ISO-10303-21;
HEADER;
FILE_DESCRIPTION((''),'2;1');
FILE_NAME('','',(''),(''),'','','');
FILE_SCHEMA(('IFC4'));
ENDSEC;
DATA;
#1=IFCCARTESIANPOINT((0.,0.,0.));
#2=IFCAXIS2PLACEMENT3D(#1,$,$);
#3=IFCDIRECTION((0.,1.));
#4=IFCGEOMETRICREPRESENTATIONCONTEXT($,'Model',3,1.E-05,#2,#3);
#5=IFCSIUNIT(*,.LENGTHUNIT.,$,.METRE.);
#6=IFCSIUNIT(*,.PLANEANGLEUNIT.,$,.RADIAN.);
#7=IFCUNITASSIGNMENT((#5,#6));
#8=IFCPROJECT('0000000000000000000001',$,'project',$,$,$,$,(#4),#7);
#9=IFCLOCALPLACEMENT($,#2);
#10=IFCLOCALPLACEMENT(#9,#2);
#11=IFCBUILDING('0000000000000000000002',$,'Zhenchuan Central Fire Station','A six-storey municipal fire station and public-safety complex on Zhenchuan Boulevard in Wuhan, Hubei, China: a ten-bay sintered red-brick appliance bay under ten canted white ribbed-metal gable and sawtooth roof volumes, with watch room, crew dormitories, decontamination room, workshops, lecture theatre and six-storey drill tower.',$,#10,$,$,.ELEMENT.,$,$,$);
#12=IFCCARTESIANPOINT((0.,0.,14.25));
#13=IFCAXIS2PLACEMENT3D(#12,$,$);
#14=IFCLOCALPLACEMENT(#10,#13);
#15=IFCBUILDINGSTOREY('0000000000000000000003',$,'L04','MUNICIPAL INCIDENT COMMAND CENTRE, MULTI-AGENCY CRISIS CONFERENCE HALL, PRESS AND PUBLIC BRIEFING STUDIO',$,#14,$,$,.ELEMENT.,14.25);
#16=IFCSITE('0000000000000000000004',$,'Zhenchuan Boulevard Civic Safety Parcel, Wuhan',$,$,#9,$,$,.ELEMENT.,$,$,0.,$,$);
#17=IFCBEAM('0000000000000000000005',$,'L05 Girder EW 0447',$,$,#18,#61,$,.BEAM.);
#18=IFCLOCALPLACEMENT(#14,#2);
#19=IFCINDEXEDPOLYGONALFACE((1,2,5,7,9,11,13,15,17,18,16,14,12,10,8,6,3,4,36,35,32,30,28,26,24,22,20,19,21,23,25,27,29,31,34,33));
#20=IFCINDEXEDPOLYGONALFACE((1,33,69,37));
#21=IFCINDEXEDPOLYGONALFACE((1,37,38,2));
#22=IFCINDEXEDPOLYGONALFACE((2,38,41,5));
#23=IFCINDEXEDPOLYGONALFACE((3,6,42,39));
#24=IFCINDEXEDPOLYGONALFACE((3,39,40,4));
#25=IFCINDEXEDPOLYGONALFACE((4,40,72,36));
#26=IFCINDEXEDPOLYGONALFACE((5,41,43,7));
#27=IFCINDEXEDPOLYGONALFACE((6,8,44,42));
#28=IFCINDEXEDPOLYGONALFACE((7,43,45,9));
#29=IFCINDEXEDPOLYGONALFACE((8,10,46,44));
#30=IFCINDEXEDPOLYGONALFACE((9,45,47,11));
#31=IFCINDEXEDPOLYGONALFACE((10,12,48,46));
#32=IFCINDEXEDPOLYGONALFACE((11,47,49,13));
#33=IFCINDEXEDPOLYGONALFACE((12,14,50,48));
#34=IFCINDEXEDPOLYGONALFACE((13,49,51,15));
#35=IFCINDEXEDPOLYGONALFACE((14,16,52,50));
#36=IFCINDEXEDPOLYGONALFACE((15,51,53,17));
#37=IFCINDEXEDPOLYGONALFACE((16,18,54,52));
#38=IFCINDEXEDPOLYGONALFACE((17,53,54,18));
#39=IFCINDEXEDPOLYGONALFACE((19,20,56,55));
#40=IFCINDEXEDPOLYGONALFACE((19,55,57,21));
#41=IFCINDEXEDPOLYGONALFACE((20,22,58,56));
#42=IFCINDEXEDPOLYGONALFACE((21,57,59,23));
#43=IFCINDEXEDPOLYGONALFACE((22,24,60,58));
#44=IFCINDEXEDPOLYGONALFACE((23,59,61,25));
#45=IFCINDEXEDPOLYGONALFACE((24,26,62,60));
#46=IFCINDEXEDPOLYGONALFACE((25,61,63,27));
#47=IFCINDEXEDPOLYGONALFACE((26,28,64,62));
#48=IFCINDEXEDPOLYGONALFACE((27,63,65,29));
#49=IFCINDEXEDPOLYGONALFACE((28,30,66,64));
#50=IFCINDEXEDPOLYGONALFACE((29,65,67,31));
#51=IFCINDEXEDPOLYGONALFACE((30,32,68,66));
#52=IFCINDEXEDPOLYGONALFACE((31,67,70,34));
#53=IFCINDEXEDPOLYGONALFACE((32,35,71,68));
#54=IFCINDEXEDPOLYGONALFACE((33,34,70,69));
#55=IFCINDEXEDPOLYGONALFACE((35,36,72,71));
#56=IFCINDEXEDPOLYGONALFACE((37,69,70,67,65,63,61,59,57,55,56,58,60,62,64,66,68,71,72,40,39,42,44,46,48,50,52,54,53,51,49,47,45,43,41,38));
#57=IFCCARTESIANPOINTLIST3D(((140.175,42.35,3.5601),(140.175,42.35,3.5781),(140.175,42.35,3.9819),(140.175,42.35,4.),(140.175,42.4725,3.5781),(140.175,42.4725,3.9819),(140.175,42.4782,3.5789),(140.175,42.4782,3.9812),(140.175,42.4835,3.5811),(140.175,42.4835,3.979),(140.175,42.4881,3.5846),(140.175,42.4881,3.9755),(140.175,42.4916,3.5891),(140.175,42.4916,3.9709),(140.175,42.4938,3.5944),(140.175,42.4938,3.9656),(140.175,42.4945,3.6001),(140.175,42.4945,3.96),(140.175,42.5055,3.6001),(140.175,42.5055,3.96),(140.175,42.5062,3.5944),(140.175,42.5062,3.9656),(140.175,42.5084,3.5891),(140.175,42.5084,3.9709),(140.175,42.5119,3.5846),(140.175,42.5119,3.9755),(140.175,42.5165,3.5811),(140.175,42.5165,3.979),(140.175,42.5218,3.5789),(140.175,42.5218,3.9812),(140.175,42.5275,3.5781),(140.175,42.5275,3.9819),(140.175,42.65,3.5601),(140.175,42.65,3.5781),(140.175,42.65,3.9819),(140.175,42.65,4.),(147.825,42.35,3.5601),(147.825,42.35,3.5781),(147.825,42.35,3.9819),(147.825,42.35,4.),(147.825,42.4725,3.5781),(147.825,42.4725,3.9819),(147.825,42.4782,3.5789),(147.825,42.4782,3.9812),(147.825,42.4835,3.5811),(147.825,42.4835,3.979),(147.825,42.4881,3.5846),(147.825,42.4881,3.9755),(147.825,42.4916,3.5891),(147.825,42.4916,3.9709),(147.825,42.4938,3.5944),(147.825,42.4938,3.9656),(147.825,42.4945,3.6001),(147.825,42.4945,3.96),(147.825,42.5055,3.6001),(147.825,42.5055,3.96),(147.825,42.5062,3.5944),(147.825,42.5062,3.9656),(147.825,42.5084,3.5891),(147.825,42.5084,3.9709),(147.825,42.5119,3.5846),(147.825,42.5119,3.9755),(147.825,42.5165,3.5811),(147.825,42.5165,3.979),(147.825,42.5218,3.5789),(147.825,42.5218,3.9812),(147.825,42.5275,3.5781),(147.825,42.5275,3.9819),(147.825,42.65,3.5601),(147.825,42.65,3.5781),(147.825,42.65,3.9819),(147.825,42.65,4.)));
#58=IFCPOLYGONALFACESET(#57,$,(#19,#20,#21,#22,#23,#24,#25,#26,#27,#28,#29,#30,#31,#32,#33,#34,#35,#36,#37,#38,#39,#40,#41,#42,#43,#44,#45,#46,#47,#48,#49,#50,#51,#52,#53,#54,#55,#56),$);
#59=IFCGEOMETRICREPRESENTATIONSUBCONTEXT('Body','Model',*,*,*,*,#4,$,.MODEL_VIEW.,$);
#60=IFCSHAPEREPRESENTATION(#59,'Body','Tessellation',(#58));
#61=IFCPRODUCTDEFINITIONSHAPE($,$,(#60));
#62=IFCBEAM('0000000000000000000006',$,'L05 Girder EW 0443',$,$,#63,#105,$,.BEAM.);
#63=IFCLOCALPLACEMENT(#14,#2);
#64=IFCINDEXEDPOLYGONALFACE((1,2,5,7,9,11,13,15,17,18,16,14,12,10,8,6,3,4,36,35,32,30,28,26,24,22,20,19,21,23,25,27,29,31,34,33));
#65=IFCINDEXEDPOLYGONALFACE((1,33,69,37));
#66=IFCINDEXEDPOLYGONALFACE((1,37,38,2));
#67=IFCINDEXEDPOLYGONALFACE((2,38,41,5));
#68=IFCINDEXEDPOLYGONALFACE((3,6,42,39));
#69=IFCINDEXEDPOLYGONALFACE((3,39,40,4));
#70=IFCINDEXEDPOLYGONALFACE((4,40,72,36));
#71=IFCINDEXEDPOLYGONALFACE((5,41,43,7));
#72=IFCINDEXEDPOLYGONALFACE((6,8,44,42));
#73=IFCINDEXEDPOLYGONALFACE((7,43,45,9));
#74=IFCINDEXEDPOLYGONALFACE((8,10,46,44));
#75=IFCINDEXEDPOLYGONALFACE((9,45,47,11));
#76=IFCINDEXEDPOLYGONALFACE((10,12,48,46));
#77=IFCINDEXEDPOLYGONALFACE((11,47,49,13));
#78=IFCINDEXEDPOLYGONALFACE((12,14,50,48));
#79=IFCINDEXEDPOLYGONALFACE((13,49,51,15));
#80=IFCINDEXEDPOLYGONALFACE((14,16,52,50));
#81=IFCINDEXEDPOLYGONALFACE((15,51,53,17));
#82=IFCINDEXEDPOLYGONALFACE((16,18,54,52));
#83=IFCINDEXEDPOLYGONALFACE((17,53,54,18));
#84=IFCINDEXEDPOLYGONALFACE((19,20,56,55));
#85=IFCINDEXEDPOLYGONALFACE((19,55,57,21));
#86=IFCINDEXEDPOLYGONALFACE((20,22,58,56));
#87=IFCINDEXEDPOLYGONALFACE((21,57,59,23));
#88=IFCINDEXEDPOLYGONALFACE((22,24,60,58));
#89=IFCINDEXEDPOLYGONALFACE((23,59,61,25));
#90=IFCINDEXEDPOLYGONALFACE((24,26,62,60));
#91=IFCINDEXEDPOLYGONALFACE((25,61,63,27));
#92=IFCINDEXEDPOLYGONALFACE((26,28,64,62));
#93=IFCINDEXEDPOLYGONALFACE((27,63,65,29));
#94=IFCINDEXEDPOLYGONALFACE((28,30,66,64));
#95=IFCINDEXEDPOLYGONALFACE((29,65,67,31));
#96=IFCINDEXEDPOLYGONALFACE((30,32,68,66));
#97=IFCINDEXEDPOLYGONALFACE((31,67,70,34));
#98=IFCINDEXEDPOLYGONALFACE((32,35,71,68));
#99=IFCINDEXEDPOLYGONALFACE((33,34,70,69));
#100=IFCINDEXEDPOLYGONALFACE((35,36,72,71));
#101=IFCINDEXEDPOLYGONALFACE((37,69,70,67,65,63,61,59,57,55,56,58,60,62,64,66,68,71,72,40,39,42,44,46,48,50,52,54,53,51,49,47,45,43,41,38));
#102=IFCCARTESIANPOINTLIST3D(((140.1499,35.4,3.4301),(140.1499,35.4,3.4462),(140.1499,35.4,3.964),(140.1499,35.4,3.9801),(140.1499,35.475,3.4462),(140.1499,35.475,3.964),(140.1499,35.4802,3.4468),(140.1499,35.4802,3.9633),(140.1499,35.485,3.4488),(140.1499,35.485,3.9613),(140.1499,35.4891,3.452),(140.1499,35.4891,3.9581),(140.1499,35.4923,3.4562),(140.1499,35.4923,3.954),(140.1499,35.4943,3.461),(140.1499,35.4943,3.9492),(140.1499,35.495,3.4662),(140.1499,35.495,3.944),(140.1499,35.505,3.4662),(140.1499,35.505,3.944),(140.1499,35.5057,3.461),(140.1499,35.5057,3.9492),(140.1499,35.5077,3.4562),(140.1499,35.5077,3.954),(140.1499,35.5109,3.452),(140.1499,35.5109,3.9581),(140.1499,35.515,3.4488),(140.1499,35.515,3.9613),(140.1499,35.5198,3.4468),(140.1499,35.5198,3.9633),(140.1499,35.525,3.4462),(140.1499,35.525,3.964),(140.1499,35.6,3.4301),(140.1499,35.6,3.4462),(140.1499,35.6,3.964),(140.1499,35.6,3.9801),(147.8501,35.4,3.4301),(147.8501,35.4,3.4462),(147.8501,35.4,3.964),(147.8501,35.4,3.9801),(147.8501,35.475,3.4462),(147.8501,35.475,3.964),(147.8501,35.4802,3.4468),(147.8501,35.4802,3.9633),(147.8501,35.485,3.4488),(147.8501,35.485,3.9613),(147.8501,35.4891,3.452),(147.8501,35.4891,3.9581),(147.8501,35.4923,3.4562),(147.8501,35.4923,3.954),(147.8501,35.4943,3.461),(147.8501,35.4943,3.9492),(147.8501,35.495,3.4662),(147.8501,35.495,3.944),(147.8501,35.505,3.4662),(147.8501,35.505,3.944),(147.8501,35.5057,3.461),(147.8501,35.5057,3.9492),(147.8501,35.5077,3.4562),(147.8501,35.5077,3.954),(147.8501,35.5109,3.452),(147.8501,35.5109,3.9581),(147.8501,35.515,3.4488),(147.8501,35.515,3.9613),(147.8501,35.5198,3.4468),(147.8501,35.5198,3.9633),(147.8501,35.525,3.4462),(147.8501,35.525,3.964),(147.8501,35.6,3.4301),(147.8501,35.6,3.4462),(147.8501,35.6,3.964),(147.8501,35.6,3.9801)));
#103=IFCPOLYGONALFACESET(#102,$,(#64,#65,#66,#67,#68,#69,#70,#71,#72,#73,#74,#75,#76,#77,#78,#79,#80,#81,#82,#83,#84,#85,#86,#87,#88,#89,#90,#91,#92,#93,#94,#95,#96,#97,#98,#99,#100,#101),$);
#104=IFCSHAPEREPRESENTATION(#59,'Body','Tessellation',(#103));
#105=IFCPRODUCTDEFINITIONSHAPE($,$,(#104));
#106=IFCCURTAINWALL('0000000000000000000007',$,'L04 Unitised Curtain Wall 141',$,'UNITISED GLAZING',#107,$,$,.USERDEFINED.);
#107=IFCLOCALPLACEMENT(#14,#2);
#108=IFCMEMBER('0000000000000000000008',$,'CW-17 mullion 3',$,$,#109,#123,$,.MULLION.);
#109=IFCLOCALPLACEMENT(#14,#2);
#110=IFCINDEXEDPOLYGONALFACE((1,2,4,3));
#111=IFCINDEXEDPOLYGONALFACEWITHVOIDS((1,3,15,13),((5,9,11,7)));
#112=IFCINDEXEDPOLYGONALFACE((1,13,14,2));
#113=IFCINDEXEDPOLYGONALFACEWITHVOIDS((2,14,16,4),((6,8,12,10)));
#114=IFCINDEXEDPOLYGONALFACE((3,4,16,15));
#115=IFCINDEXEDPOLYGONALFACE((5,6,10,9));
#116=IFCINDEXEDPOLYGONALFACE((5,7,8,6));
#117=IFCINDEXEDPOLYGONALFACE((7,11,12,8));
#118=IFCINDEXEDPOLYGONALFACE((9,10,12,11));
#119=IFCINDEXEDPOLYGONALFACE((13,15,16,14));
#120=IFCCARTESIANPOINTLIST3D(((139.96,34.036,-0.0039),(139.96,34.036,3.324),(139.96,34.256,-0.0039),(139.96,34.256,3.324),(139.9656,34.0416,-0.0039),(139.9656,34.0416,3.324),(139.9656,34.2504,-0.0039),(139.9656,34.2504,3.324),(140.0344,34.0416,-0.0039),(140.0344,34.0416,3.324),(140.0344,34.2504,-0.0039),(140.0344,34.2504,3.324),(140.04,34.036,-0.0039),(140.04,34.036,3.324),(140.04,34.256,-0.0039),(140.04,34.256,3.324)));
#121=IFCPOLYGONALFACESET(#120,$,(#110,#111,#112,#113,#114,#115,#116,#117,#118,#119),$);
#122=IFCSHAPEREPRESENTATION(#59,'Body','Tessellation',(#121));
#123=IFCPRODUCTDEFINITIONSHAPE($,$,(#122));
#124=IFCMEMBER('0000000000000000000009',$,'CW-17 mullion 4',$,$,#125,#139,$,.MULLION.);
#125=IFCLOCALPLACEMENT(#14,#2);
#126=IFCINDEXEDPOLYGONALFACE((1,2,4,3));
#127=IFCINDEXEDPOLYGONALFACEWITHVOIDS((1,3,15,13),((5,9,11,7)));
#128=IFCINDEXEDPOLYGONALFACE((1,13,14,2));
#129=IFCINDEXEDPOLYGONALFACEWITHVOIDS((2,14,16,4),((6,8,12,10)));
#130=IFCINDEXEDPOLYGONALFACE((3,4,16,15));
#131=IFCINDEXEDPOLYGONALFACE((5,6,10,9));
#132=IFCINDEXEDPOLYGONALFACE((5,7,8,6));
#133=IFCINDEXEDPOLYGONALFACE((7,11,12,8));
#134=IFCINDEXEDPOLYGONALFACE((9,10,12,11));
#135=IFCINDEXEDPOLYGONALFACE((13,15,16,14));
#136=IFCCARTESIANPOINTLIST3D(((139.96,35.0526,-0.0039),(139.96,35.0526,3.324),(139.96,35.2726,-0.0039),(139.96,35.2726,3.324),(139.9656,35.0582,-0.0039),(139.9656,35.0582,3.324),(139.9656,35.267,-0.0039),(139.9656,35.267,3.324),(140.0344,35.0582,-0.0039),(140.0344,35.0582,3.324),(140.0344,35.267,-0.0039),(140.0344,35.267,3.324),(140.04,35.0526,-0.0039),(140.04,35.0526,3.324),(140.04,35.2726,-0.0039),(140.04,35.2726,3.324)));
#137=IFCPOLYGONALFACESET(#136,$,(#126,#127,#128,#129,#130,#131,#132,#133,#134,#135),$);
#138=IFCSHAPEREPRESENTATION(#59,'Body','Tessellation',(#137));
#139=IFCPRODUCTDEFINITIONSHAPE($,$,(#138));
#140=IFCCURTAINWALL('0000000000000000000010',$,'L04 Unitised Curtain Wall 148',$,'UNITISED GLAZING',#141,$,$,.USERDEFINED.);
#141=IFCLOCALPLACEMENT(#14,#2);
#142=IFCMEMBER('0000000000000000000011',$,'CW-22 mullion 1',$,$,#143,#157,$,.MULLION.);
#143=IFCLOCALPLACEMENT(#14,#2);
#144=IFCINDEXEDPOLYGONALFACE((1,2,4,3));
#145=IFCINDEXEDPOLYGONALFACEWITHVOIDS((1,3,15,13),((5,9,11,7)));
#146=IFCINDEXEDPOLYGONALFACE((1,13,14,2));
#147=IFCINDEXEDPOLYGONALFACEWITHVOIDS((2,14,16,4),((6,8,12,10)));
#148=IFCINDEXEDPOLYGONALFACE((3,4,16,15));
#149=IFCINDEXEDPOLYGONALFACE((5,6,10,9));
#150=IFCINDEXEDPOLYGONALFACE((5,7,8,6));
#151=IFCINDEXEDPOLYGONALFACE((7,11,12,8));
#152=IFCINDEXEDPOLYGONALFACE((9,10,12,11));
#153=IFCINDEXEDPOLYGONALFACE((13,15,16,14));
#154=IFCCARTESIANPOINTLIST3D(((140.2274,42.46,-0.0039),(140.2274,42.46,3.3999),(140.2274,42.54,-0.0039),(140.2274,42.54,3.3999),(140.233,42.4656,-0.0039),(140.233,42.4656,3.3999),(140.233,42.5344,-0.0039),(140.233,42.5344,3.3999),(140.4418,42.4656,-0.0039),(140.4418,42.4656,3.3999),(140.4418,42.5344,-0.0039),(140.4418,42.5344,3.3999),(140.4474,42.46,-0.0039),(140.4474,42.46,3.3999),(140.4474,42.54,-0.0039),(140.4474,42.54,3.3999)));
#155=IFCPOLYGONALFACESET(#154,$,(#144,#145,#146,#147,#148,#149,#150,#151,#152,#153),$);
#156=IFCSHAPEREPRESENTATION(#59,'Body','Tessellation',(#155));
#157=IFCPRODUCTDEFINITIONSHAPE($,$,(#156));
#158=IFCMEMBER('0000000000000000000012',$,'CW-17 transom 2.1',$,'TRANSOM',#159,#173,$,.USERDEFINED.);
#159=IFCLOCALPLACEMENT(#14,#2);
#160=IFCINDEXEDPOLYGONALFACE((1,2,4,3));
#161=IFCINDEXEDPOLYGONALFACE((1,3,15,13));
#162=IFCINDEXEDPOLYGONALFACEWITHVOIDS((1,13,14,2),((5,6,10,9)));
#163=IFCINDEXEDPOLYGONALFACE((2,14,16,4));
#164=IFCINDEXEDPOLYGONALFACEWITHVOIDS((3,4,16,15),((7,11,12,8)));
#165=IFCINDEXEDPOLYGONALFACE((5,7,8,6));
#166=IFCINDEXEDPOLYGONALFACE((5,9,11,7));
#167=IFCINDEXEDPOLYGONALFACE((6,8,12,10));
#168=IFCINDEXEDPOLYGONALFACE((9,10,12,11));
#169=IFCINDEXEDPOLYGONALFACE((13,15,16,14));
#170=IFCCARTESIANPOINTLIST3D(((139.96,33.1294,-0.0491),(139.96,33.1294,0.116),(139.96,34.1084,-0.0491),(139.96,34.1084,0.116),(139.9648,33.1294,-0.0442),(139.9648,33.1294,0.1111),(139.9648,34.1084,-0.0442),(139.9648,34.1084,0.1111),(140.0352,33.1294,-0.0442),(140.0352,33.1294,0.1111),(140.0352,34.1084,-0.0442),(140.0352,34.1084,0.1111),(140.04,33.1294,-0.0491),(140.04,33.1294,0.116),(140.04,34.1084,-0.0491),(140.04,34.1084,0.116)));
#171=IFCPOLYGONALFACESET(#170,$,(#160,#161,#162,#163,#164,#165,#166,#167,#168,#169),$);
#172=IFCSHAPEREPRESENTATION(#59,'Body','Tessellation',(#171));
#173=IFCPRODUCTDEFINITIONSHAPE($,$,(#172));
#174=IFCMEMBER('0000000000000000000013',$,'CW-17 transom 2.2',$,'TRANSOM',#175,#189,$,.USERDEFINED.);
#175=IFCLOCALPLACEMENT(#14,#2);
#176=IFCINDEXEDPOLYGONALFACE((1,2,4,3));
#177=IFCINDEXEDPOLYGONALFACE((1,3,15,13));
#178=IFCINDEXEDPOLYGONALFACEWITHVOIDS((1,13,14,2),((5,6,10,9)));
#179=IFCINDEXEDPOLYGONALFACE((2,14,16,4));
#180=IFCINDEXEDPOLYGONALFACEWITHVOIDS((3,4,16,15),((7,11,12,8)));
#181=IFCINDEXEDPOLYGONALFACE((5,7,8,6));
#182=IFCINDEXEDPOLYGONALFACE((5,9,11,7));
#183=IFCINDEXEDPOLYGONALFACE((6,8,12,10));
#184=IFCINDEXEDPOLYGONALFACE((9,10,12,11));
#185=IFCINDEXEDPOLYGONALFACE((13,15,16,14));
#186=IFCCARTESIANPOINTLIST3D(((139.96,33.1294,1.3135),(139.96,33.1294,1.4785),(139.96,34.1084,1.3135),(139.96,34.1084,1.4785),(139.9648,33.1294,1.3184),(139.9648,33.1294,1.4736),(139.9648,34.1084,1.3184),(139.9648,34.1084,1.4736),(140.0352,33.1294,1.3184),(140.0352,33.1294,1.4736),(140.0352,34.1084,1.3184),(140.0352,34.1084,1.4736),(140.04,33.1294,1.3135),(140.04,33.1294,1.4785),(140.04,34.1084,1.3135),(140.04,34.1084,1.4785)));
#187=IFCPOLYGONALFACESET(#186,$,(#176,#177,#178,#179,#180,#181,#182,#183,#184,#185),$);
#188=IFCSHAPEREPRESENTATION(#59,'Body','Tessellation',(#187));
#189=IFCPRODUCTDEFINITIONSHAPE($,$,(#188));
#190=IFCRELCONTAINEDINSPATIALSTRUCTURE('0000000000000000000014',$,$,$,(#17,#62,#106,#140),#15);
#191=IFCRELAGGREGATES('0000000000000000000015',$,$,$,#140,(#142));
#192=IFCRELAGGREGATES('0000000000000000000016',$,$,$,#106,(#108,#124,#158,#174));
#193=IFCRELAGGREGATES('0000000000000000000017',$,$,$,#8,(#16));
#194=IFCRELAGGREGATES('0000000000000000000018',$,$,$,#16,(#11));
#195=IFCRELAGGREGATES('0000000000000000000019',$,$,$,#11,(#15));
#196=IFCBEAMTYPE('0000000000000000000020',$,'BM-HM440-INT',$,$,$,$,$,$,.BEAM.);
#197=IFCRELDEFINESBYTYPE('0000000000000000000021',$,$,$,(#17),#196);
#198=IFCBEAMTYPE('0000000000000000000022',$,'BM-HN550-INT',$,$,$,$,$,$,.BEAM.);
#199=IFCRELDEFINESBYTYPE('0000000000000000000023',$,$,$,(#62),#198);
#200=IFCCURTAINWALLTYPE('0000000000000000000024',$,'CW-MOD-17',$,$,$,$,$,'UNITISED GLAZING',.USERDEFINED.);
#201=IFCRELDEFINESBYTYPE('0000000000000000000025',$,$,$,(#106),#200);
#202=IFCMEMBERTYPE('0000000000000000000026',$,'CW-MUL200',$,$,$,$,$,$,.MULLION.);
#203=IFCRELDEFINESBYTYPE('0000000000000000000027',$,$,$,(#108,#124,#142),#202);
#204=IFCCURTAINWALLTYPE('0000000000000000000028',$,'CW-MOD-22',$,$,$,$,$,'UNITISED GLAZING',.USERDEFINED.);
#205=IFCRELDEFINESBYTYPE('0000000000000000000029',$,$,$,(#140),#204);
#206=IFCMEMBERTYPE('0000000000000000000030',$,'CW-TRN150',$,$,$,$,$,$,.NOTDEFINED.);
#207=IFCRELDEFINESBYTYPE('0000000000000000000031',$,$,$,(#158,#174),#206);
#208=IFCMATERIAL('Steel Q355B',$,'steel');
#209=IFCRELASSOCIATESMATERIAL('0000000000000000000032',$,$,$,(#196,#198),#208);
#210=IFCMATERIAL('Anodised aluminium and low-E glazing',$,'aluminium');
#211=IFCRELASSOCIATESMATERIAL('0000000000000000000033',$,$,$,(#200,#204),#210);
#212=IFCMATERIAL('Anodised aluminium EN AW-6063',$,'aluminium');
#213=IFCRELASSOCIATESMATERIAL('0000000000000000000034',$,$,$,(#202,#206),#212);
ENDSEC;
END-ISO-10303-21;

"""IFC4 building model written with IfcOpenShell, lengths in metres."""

from ifc_helpers import new_model, si_unit, direction, frame, origin, origin_2d, place, context, subcontext, project, spatial, hollow_rectangle, i_section, extrude, material, material_profile, profile_set, type_object, element, aggregate, save


model = new_model("IFC4")

# Units and contexts
model_context = context("Model", 3, precision=1e-05, world=origin(), true_north=direction((0.0, 1.0)))
body_context = subcontext(model_context, "Body", "Model", "MODEL_VIEW")
ifc_project = project(units=[si_unit("LENGTHUNIT", "METRE"), si_unit("PLANEANGLEUNIT", "RADIAN")], contexts=[model_context])

# Site, building, storey
site_placement = place(None, origin())
site = spatial("IfcSite", under=ifc_project, at=site_placement, Name="Zhenchuan Boulevard Civic Safety Parcel, Wuhan", CompositionType="ELEMENT", RefElevation=0.0)
building_placement = place(site_placement, origin())
building = spatial("IfcBuilding", under=site, at=building_placement, Name="Zhenchuan Central Fire Station", Description="A six-storey municipal fire station and public-safety complex on Zhenchuan Boulevard in Wuhan, Hubei, China: a ten-bay sintered red-brick appliance bay under ten canted white ribbed-metal gable and sawtooth roof volumes, with watch room, crew dormitories, decontamination room, workshops, lecture theatre and six-storey drill tower.", CompositionType="ELEMENT")
storey_placement = place(building_placement, frame((0.0, 0.0, 14.25)))
storey = spatial("IfcBuildingStorey", under=building, at=storey_placement, Name="L04", Description="MUNICIPAL INCIDENT COMMAND CENTRE, MULTI-AGENCY CRISIS CONFERENCE HALL, PRESS AND PUBLIC BRIEFING STUDIO", CompositionType="ELEMENT", Elevation=14.25)

# Beams
ifc_material_1 = material(Name="Steel Q355B", Category="steel")
ifc_material_profile_1 = material_profile(ifc_material_1, i_section(OverallWidth=0.3, OverallDepth=0.4399, WebThickness=0.011, FlangeThickness=0.0181, FilletRadius=0.022, at=origin_2d()), Name="HM 440x300")
ifc_profile_set_1 = profile_set([ifc_material_profile_1], Name="Steel Q355B")
beam_type_1 = type_object("IfcBeamType", Name="BM-HM440-INT", PredefinedType="BEAM", material=ifc_profile_set_1)
beam_1_placement = place(storey_placement, frame((140.175, 42.5, 3.78), z_axis=(1.0, 0.0, 0.0), x_axis=(0.0, 1.0, 0.0)))
element("IfcBeam", 1, at=beam_1_placement, inside=storey, type_object=beam_type_1, Name="L05 Girder EW 0447", PredefinedType="BEAM", context=body_context, shape_type="SweptSolid", body=[
    extrude(i_section(OverallWidth=0.3, OverallDepth=0.4399, WebThickness=0.011, FlangeThickness=0.0181, FilletRadius=0.022, at=origin_2d()), origin(), (0.0, 0.0, 1.0), 7.6499),
])
ifc_material_profile_2 = material_profile(ifc_material_1, i_section(OverallWidth=0.2, OverallDepth=0.55, WebThickness=0.01, FlangeThickness=0.0161, FilletRadius=0.02, at=origin_2d()), Name="HN 550x200")
ifc_profile_set_2 = profile_set([ifc_material_profile_2], Name="Steel Q355B")
beam_type_2 = type_object("IfcBeamType", Name="BM-HN550-INT", PredefinedType="BEAM", material=ifc_profile_set_2)
beam_2_placement = place(storey_placement, frame((140.1499, 35.5, 3.7051), z_axis=(1.0, 0.0, 0.0), x_axis=(0.0, 1.0, 0.0)))
element("IfcBeam", 2, at=beam_2_placement, inside=storey, type_object=beam_type_2, Name="L05 Girder EW 0443", PredefinedType="BEAM", context=body_context, shape_type="SweptSolid", body=[
    extrude(i_section(OverallWidth=0.2, OverallDepth=0.55, WebThickness=0.01, FlangeThickness=0.0161, FilletRadius=0.02, at=origin_2d()), origin(), (0.0, 0.0, 1.0), 7.7002),
])

# Curtain wall, members
ifc_material_2 = material(Name="Anodised aluminium and low-E glazing", Category="aluminium")
curtain_wall_type_1 = type_object("IfcCurtainWallType", Name="CW-MOD-17", ElementType="UNITISED GLAZING", PredefinedType="USERDEFINED", material=ifc_material_2)
curtain_wall_1_placement = place(storey_placement, origin())
curtain_wall_1 = element("IfcCurtainWall", 3, at=curtain_wall_1_placement, inside=storey, type_object=curtain_wall_type_1, Name="L04 Unitised Curtain Wall 141", ObjectType="UNITISED GLAZING", PredefinedType="USERDEFINED")
ifc_material_3 = material(Name="Anodised aluminium EN AW-6063", Category="aluminium")
ifc_material_profile_3 = material_profile(ifc_material_3, hollow_rectangle(XDim=0.0801, YDim=0.22, WallThickness=0.0056, at=origin_2d()), Name="ALU-M 220x80")
ifc_profile_set_3 = profile_set([ifc_material_profile_3], Name="Anodised aluminium EN AW-6063")
member_type_1 = type_object("IfcMemberType", Name="CW-MUL200", PredefinedType="MULLION", material=ifc_profile_set_3)
member_1_placement = place(storey_placement, frame((140.0, 34.146, -0.0039), z_axis=(0.0, 0.0, 1.0), x_axis=(-1.0, 0.0, 0.0)))
member_1 = element("IfcMember", 4, at=member_1_placement, type_object=member_type_1, Name="CW-17 mullion 3", PredefinedType="MULLION", context=body_context, shape_type="SweptSolid", body=[
    extrude(hollow_rectangle(XDim=0.0801, YDim=0.22, WallThickness=0.0056, at=origin_2d()), origin(), (0.0, 0.0, 1.0), 3.3279),
])
member_2_placement = place(storey_placement, frame((140.0, 35.1626, -0.0039), z_axis=(0.0, 0.0, 1.0), x_axis=(-1.0, 0.0, 0.0)))
member_2 = element("IfcMember", 5, at=member_2_placement, type_object=member_type_1, Name="CW-17 mullion 4", PredefinedType="MULLION", context=body_context, shape_type="SweptSolid", body=[
    extrude(hollow_rectangle(XDim=0.0801, YDim=0.22, WallThickness=0.0056, at=origin_2d()), origin(), (0.0, 0.0, 1.0), 3.3279),
])

# Curtain wall, member
curtain_wall_type_2 = type_object("IfcCurtainWallType", Name="CW-MOD-22", ElementType="UNITISED GLAZING", PredefinedType="USERDEFINED", material=ifc_material_2)
curtain_wall_2_placement = place(storey_placement, origin())
curtain_wall_2 = element("IfcCurtainWall", 6, at=curtain_wall_2_placement, inside=storey, type_object=curtain_wall_type_2, Name="L04 Unitised Curtain Wall 148", ObjectType="UNITISED GLAZING", PredefinedType="USERDEFINED")
member_3_placement = place(storey_placement, frame((140.3374, 42.5, -0.0039), z_axis=(0.0, 0.0, 1.0), x_axis=(0.0, 1.0, 0.0)))
member_3 = element("IfcMember", 7, at=member_3_placement, type_object=member_type_1, Name="CW-22 mullion 1", PredefinedType="MULLION", context=body_context, shape_type="SweptSolid", body=[
    extrude(hollow_rectangle(XDim=0.0801, YDim=0.22, WallThickness=0.0056, at=origin_2d()), origin(), (0.0, 0.0, 1.0), 3.4038),
])

# Members
ifc_material_profile_4 = material_profile(ifc_material_3, hollow_rectangle(XDim=0.0801, YDim=0.165, WallThickness=0.0049, at=origin_2d()), Name="ALU-T 165x80")
ifc_profile_set_4 = profile_set([ifc_material_profile_4], Name="Anodised aluminium EN AW-6063")
member_type_2 = type_object("IfcMemberType", Name="CW-TRN150", PredefinedType="NOTDEFINED", material=ifc_profile_set_4)
member_4_placement = place(storey_placement, frame((140.0, 33.1294, 0.0334), z_axis=(0.0, 1.0, 0.0), x_axis=(-1.0, 0.0, 0.0)))
member_4 = element("IfcMember", 8, at=member_4_placement, type_object=member_type_2, Name="CW-17 transom 2.1", ObjectType="TRANSOM", PredefinedType="USERDEFINED", context=body_context, shape_type="SweptSolid", body=[
    extrude(hollow_rectangle(XDim=0.0801, YDim=0.165, WallThickness=0.0049, at=origin_2d()), origin(), (0.0, 0.0, 1.0), 0.979),
])
member_5_placement = place(storey_placement, frame((140.0, 33.1294, 1.396), z_axis=(0.0, 1.0, 0.0), x_axis=(-1.0, 0.0, 0.0)))
member_5 = element("IfcMember", 9, at=member_5_placement, type_object=member_type_2, Name="CW-17 transom 2.2", ObjectType="TRANSOM", PredefinedType="USERDEFINED", context=body_context, shape_type="SweptSolid", body=[
    extrude(hollow_rectangle(XDim=0.0801, YDim=0.165, WallThickness=0.0049, at=origin_2d()), origin(), (0.0, 0.0, 1.0), 0.979),
])
aggregate(curtain_wall_2, [member_3])

aggregate(curtain_wall_1, [member_1, member_2, member_4, member_5])

save(model, "model.ifc")
